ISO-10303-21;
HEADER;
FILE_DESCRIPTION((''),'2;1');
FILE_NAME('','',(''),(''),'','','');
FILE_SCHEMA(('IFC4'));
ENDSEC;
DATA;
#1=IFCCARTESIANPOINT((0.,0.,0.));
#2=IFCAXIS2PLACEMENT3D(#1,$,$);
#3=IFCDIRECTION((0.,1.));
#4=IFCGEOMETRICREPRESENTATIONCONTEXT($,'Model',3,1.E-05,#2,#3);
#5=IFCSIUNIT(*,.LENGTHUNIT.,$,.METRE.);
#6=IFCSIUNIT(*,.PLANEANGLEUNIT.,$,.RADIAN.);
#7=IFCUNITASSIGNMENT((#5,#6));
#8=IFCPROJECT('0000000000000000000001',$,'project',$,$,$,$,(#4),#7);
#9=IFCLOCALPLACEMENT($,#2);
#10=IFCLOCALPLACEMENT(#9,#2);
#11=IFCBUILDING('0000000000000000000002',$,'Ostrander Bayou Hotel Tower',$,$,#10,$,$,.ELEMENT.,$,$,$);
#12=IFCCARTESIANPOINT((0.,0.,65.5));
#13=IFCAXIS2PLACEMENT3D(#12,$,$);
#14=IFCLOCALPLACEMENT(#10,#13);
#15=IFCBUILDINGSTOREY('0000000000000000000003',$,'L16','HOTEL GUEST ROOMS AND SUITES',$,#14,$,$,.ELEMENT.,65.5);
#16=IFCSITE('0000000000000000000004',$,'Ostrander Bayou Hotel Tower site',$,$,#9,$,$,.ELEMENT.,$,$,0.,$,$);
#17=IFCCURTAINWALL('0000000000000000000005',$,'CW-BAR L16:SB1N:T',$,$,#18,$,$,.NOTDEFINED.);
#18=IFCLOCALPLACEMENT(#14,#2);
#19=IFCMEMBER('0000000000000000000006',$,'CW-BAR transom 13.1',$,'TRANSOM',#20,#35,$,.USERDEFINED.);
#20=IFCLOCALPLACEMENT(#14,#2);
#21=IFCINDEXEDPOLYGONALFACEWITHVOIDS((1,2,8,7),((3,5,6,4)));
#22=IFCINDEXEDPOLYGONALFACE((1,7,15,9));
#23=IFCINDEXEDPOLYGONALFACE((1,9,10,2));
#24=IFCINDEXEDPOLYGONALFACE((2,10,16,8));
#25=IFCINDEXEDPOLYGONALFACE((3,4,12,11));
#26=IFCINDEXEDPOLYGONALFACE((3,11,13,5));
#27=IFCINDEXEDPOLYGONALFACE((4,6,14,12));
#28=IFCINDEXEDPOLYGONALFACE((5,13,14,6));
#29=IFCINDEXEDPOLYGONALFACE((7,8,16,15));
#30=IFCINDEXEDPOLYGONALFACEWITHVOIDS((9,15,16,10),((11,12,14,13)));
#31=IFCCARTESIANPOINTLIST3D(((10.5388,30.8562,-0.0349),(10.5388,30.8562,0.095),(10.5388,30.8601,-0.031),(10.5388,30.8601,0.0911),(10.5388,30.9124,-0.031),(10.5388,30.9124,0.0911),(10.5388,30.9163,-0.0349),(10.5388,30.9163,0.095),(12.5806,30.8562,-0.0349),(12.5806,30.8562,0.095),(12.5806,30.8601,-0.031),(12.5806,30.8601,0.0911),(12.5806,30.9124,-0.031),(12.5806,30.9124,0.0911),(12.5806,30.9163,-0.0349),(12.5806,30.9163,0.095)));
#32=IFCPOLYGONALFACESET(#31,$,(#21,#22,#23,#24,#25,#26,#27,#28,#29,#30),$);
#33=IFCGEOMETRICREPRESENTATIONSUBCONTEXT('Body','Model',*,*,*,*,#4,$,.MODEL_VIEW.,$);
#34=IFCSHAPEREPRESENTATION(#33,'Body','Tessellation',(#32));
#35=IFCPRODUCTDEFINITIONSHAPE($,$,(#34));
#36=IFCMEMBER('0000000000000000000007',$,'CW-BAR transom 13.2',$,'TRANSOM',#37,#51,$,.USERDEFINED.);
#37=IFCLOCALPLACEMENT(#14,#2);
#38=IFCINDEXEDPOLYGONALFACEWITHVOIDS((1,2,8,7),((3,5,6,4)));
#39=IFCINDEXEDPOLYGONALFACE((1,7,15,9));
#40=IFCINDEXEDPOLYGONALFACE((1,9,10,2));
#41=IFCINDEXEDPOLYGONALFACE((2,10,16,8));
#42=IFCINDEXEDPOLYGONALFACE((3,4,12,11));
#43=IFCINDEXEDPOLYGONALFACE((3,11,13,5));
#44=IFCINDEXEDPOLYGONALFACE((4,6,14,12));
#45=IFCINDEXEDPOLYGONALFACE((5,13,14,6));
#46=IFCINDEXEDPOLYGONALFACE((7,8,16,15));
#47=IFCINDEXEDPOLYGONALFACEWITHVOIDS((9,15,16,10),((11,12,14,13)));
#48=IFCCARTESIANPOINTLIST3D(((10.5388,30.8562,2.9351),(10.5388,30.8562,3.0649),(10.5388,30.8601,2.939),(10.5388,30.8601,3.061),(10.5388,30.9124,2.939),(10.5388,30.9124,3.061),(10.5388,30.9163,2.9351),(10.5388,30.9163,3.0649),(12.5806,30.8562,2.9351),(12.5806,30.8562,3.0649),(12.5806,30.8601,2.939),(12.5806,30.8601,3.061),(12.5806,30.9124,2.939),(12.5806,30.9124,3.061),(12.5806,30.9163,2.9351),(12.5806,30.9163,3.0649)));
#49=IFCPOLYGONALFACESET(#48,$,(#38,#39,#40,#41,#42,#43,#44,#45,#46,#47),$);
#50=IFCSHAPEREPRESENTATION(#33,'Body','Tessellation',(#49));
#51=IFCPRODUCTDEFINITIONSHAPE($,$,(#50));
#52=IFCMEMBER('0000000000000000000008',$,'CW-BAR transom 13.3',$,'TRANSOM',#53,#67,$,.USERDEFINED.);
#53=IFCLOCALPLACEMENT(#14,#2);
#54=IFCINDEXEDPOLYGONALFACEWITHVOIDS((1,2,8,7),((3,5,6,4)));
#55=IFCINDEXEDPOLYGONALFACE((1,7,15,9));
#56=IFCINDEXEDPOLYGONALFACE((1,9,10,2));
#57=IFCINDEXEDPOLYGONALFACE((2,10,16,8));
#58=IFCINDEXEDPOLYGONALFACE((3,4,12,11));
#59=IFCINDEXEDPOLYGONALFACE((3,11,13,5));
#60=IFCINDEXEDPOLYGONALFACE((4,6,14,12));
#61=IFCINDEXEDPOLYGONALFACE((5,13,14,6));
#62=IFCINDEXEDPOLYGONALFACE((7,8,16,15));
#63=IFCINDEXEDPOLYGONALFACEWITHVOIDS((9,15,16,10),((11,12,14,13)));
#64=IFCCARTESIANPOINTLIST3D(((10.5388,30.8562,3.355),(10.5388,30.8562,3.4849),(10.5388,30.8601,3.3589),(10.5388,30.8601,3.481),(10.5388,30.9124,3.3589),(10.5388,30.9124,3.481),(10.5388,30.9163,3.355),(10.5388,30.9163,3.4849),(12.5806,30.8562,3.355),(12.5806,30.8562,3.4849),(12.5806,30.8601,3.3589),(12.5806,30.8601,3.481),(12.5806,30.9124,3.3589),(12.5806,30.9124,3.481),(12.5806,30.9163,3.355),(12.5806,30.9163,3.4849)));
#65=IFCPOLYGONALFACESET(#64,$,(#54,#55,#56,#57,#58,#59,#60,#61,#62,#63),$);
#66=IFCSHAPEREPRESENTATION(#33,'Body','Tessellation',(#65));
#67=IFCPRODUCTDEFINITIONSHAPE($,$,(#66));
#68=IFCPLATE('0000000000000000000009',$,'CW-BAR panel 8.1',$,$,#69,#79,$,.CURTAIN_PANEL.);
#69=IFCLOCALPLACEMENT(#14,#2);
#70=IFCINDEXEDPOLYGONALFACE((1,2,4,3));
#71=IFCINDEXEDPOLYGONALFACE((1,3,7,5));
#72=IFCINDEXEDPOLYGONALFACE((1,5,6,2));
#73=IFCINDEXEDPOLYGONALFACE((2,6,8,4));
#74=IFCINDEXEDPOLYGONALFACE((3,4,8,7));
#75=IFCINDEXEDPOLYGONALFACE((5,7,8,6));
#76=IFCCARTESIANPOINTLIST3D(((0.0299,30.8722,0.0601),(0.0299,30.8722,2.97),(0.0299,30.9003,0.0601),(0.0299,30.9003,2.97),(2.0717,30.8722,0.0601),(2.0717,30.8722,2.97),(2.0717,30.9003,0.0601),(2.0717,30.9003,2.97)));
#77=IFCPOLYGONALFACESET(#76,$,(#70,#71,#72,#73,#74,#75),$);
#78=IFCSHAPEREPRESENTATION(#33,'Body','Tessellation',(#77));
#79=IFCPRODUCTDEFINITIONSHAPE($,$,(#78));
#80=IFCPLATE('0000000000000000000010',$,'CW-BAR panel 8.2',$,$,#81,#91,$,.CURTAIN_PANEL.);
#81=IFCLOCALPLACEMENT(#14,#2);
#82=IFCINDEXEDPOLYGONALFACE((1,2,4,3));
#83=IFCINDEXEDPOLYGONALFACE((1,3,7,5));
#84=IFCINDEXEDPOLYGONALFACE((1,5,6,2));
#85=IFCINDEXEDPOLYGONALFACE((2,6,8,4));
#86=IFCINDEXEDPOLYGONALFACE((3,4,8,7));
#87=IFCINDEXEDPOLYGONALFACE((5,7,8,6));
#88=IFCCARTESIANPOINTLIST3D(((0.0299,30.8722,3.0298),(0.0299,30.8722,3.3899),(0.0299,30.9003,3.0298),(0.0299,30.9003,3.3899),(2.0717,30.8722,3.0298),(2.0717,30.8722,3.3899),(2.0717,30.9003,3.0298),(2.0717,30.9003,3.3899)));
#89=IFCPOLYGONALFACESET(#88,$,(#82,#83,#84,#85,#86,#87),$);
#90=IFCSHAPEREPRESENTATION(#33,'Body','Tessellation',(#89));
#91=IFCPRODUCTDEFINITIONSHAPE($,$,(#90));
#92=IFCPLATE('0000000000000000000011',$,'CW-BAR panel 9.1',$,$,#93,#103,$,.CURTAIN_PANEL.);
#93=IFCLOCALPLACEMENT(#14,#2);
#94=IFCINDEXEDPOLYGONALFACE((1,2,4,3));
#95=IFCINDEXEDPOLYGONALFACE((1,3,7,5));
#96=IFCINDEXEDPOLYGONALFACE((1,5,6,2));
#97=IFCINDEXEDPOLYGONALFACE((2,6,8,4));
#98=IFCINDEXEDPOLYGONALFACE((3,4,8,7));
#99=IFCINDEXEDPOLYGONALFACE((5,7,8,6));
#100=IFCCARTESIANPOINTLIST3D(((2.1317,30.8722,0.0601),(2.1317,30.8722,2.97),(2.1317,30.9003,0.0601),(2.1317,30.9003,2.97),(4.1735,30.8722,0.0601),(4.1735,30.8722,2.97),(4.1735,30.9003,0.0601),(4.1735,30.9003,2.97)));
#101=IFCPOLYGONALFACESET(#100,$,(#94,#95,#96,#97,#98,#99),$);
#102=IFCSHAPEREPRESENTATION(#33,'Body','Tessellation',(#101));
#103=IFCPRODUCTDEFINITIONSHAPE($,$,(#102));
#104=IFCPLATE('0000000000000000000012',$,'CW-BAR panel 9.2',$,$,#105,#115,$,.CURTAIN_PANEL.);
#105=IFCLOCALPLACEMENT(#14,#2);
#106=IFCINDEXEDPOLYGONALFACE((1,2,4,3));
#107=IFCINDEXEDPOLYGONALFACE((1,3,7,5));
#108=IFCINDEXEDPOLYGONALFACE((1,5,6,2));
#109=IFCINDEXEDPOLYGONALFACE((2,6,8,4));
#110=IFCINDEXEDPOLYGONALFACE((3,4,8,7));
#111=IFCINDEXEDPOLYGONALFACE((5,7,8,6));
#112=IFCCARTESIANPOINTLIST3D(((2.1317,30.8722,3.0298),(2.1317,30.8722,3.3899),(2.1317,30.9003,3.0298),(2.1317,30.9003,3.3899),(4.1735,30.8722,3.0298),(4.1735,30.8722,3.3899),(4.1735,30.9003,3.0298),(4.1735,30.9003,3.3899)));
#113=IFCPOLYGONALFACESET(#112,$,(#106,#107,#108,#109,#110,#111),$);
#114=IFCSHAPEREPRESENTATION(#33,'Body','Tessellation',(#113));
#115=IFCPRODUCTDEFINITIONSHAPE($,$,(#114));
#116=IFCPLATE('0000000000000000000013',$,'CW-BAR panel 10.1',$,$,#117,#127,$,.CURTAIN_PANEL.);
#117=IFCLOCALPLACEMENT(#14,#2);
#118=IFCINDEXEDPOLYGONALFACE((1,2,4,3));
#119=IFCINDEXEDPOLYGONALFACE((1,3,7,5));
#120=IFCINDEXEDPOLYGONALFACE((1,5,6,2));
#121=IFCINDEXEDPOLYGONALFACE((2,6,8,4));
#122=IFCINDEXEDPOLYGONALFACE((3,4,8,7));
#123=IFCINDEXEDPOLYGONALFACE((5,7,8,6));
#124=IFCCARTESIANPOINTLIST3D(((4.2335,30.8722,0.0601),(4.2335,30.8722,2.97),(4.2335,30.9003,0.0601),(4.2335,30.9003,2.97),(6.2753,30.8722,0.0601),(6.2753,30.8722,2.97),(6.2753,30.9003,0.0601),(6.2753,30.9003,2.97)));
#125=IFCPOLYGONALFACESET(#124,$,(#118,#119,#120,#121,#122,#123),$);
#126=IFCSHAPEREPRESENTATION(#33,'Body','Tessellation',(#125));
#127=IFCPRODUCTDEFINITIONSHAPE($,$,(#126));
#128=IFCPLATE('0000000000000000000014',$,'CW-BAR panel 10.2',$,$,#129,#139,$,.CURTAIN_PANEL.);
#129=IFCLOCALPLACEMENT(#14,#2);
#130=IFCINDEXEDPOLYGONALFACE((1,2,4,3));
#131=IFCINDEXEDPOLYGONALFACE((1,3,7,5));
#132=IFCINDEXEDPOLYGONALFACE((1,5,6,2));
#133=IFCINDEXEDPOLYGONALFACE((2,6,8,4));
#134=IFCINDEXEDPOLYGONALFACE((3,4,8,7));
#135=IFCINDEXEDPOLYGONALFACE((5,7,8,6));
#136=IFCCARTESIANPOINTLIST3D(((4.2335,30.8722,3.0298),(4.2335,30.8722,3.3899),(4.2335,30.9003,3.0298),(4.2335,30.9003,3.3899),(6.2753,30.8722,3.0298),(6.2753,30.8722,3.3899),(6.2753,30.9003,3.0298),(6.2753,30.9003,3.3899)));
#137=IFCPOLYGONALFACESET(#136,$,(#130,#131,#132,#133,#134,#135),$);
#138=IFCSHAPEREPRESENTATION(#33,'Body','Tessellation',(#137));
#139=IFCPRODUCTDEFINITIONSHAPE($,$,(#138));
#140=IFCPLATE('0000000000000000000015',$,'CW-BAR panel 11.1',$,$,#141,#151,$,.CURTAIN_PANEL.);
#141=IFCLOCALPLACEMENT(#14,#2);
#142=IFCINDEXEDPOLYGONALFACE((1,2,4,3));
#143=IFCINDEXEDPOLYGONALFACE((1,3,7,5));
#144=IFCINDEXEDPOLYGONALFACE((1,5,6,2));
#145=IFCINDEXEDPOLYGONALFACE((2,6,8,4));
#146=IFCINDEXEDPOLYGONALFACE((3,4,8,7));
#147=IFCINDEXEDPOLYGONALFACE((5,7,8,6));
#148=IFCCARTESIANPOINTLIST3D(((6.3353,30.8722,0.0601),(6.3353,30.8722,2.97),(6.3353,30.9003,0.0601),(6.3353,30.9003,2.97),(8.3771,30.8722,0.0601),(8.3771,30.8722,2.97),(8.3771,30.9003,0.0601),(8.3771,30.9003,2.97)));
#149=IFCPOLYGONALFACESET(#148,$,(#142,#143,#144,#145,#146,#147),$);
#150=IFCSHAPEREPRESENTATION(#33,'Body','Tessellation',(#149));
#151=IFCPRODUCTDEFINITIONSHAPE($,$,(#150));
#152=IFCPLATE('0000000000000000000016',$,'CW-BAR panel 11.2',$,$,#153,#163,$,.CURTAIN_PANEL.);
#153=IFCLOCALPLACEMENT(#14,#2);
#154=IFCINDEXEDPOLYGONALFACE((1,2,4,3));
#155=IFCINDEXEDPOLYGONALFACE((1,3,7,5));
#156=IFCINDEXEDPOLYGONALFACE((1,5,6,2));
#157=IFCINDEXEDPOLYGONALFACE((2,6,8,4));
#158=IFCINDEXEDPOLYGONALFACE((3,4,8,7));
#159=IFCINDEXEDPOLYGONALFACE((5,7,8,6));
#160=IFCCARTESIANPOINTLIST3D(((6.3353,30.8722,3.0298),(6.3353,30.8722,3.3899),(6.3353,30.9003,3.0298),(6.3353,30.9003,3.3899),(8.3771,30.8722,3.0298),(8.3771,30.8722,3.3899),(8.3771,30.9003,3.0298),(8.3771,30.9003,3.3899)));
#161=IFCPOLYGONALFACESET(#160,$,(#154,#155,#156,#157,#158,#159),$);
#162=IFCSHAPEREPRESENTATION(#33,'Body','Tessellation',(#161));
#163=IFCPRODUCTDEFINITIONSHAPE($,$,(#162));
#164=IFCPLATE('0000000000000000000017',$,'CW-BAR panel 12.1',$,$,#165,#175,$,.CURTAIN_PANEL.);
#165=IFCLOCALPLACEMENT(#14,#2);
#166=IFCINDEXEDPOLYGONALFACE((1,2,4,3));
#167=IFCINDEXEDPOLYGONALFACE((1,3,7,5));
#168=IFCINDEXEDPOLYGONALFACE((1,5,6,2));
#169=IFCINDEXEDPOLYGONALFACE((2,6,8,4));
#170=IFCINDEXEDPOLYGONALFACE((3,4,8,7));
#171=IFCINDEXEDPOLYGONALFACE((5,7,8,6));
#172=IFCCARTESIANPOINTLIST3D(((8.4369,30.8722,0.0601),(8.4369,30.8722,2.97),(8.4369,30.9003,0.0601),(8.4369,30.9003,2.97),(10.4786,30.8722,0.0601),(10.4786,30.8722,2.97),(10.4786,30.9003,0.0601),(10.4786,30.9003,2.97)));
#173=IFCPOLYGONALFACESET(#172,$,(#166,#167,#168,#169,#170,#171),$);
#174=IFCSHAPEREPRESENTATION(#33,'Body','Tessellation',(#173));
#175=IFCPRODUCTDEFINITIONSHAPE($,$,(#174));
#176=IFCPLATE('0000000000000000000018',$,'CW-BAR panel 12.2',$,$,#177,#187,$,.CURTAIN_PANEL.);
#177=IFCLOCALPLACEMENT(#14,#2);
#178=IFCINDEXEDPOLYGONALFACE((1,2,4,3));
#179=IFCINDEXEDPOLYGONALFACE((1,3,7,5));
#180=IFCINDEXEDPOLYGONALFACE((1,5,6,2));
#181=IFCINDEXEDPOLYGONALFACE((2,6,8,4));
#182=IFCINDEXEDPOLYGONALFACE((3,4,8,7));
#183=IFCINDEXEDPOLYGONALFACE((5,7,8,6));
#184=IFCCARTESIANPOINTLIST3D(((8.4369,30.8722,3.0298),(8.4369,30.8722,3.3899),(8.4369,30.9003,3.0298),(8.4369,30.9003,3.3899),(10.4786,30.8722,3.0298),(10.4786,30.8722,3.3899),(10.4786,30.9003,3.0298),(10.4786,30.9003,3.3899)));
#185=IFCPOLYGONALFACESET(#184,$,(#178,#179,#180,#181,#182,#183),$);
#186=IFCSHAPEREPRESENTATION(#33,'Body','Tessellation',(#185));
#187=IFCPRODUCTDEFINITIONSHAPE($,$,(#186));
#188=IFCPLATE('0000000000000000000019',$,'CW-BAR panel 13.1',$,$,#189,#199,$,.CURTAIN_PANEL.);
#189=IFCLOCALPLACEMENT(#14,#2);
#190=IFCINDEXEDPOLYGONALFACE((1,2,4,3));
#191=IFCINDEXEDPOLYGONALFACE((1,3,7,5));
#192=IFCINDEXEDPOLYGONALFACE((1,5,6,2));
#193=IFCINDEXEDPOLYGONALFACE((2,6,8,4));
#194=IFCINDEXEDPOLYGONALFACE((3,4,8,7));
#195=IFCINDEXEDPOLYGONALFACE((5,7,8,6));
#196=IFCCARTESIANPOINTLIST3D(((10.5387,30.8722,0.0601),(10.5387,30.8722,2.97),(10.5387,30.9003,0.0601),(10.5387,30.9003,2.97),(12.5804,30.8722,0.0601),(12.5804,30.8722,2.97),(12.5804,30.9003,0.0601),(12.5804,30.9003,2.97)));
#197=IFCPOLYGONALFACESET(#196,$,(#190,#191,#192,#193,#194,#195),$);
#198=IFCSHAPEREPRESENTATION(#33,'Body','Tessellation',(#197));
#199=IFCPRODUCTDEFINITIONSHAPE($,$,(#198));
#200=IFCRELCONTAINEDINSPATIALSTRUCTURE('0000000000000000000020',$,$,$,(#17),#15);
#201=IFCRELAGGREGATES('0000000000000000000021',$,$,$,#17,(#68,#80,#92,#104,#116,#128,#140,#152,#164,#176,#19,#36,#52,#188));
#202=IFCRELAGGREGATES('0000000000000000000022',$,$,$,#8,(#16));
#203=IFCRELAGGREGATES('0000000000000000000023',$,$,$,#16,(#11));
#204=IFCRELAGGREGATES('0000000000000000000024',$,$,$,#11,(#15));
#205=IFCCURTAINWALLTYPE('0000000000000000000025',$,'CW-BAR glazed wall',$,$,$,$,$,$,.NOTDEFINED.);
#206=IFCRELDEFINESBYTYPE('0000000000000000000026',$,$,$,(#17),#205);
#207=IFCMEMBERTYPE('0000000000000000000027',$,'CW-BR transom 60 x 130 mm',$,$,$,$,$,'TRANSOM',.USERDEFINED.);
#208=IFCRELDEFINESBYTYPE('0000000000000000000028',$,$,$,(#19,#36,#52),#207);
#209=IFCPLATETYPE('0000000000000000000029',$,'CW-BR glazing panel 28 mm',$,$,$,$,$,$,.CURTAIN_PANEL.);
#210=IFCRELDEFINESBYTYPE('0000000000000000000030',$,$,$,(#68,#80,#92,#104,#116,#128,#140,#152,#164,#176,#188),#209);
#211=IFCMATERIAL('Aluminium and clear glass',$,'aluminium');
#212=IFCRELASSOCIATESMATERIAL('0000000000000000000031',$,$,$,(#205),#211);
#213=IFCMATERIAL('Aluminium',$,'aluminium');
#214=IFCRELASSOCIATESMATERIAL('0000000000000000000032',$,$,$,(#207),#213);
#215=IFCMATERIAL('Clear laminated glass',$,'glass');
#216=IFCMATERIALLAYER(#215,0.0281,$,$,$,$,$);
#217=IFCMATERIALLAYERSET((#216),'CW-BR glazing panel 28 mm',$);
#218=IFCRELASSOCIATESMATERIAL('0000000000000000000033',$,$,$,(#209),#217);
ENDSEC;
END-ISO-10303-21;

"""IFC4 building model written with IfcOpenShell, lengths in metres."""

from ifc_helpers import new_model, si_unit, direction, frame, origin, origin_2d, place, context, subcontext, project, spatial, rectangle, hollow_rectangle, extrude, material, layer, layer_set, material_profile, profile_set, type_object, element, aggregate, save


model = new_model("IFC4")

# Units and contexts
model_context = context("Model", 3, precision=1e-05, world=origin(), true_north=direction((0.0, 1.0)))
body_context = subcontext(model_context, "Body", "Model", "MODEL_VIEW")
ifc_project = project(units=[si_unit("LENGTHUNIT", "METRE"), si_unit("PLANEANGLEUNIT", "RADIAN")], contexts=[model_context])

# Site, building, storey
site_placement = place(None, origin())
site = spatial("IfcSite", under=ifc_project, at=site_placement, Name="Ostrander Bayou Hotel Tower site", CompositionType="ELEMENT", RefElevation=0.0)
building_placement = place(site_placement, origin())
building = spatial("IfcBuilding", under=site, at=building_placement, Name="Ostrander Bayou Hotel Tower", CompositionType="ELEMENT")
storey_placement = place(building_placement, frame((0.0, 0.0, 65.5)))
storey = spatial("IfcBuildingStorey", under=building, at=storey_placement, Name="L16", Description="HOTEL GUEST ROOMS AND SUITES", CompositionType="ELEMENT", Elevation=65.5)

# Curtain wall, members, plates
ifc_material_1 = material(Name="Aluminium and clear glass", Category="aluminium")
curtain_wall_type = type_object("IfcCurtainWallType", Name="CW-BAR glazed wall", PredefinedType="NOTDEFINED", material=ifc_material_1)
curtain_wall_placement = place(storey_placement, origin())
curtain_wall = element("IfcCurtainWall", 1, at=curtain_wall_placement, inside=storey, type_object=curtain_wall_type, Name="CW-BAR L16:SB1N:T", PredefinedType="NOTDEFINED")
ifc_material_2 = material(Name="Aluminium", Category="aluminium")
ifc_material_profile_1 = material_profile(ifc_material_2, hollow_rectangle(XDim=0.0601, YDim=0.1299, WallThickness=0.0039, at=origin_2d()))
ifc_profile_set_1 = profile_set([ifc_material_profile_1], Name="Aluminium")
member_type_1 = type_object("IfcMemberType", Name="CW-BR transom 60 x 130 mm", ElementType="TRANSOM", PredefinedType="USERDEFINED", material=ifc_profile_set_1)
member_1_placement = place(storey_placement, frame((10.5388, 30.8862, 0.03), z_axis=(1.0, 0.0, 0.0), x_axis=(0.0, 1.0, 0.0)))
member_1 = element("IfcMember", 2, at=member_1_placement, type_object=member_type_1, Name="CW-BAR transom 13.1", ObjectType="TRANSOM", PredefinedType="USERDEFINED", context=body_context, shape_type="SweptSolid", body=[
    extrude(hollow_rectangle(XDim=0.0601, YDim=0.1299, WallThickness=0.0039, at=origin_2d()), origin(), (0.0, 0.0, 1.0), 2.0417),
])
member_2_placement = place(storey_placement, frame((10.5388, 30.8862, 3.0), z_axis=(1.0, 0.0, 0.0), x_axis=(0.0, 1.0, 0.0)))
member_2 = element("IfcMember", 3, at=member_2_placement, type_object=member_type_1, Name="CW-BAR transom 13.2", ObjectType="TRANSOM", PredefinedType="USERDEFINED", context=body_context, shape_type="SweptSolid", body=[
    extrude(hollow_rectangle(XDim=0.0601, YDim=0.1299, WallThickness=0.0039, at=origin_2d()), origin(), (0.0, 0.0, 1.0), 2.0417),
])
member_3_placement = place(storey_placement, frame((10.5388, 30.8862, 3.4199), z_axis=(1.0, 0.0, 0.0), x_axis=(0.0, 1.0, 0.0)))
member_3 = element("IfcMember", 4, at=member_3_placement, type_object=member_type_1, Name="CW-BAR transom 13.3", ObjectType="TRANSOM", PredefinedType="USERDEFINED", context=body_context, shape_type="SweptSolid", body=[
    extrude(hollow_rectangle(XDim=0.0601, YDim=0.1299, WallThickness=0.0039, at=origin_2d()), origin(), (0.0, 0.0, 1.0), 2.0417),
])
ifc_material_3 = material(Name="Clear laminated glass", Category="glass")
ifc_layer_1 = layer(ifc_material_3, 0.0281)
ifc_layer_set_1 = layer_set([ifc_layer_1], Name="CW-BR glazing panel 28 mm")
plate_type = type_object("IfcPlateType", Name="CW-BR glazing panel 28 mm", PredefinedType="CURTAIN_PANEL", material=ifc_layer_set_1)
plate_1_placement = place(storey_placement, frame((1.0508, 30.8862, 0.0601), z_axis=(0.0, 0.0, 1.0), x_axis=(1.0, 0.0, 0.0)))
plate_1 = element("IfcPlate", 5, at=plate_1_placement, type_object=plate_type, Name="CW-BAR panel 8.1", PredefinedType="CURTAIN_PANEL", context=body_context, shape_type="SweptSolid", body=[
    extrude(rectangle(XDim=2.0417, YDim=0.0281, at=origin_2d()), origin(), (0.0, 0.0, 1.0), 2.9099),
])
plate_2_placement = place(storey_placement, frame((1.0508, 30.8862, 3.0298), z_axis=(0.0, 0.0, 1.0), x_axis=(1.0, 0.0, 0.0)))
plate_2 = element("IfcPlate", 6, at=plate_2_placement, type_object=plate_type, Name="CW-BAR panel 8.2", PredefinedType="CURTAIN_PANEL", context=body_context, shape_type="SweptSolid", body=[
    extrude(rectangle(XDim=2.0417, YDim=0.0281, at=origin_2d()), origin(), (0.0, 0.0, 1.0), 0.3601),
])
plate_3_placement = place(storey_placement, frame((3.1526, 30.8862, 0.0601), z_axis=(0.0, 0.0, 1.0), x_axis=(1.0, 0.0, 0.0)))
plate_3 = element("IfcPlate", 7, at=plate_3_placement, type_object=plate_type, Name="CW-BAR panel 9.1", PredefinedType="CURTAIN_PANEL", context=body_context, shape_type="SweptSolid", body=[
    extrude(rectangle(XDim=2.0417, YDim=0.0281, at=origin_2d()), origin(), (0.0, 0.0, 1.0), 2.9099),
])
plate_4_placement = place(storey_placement, frame((3.1526, 30.8862, 3.0298), z_axis=(0.0, 0.0, 1.0), x_axis=(1.0, 0.0, 0.0)))
plate_4 = element("IfcPlate", 8, at=plate_4_placement, type_object=plate_type, Name="CW-BAR panel 9.2", PredefinedType="CURTAIN_PANEL", context=body_context, shape_type="SweptSolid", body=[
    extrude(rectangle(XDim=2.0417, YDim=0.0281, at=origin_2d()), origin(), (0.0, 0.0, 1.0), 0.3601),
])
plate_5_placement = place(storey_placement, frame((5.2544, 30.8862, 0.0601), z_axis=(0.0, 0.0, 1.0), x_axis=(1.0, 0.0, 0.0)))
plate_5 = element("IfcPlate", 9, at=plate_5_placement, type_object=plate_type, Name="CW-BAR panel 10.1", PredefinedType="CURTAIN_PANEL", context=body_context, shape_type="SweptSolid", body=[
    extrude(rectangle(XDim=2.0417, YDim=0.0281, at=origin_2d()), origin(), (0.0, 0.0, 1.0), 2.9099),
])
plate_6_placement = place(storey_placement, frame((5.2544, 30.8862, 3.0298), z_axis=(0.0, 0.0, 1.0), x_axis=(1.0, 0.0, 0.0)))
plate_6 = element("IfcPlate", 10, at=plate_6_placement, type_object=plate_type, Name="CW-BAR panel 10.2", PredefinedType="CURTAIN_PANEL", context=body_context, shape_type="SweptSolid", body=[
    extrude(rectangle(XDim=2.0417, YDim=0.0281, at=origin_2d()), origin(), (0.0, 0.0, 1.0), 0.3601),
])
plate_7_placement = place(storey_placement, frame((7.3562, 30.8862, 0.0601), z_axis=(0.0, 0.0, 1.0), x_axis=(1.0, 0.0, 0.0)))
plate_7 = element("IfcPlate", 11, at=plate_7_placement, type_object=plate_type, Name="CW-BAR panel 11.1", PredefinedType="CURTAIN_PANEL", context=body_context, shape_type="SweptSolid", body=[
    extrude(rectangle(XDim=2.0417, YDim=0.0281, at=origin_2d()), origin(), (0.0, 0.0, 1.0), 2.9099),
])
plate_8_placement = place(storey_placement, frame((7.3562, 30.8862, 3.0298), z_axis=(0.0, 0.0, 1.0), x_axis=(1.0, 0.0, 0.0)))
plate_8 = element("IfcPlate", 12, at=plate_8_placement, type_object=plate_type, Name="CW-BAR panel 11.2", PredefinedType="CURTAIN_PANEL", context=body_context, shape_type="SweptSolid", body=[
    extrude(rectangle(XDim=2.0417, YDim=0.0281, at=origin_2d()), origin(), (0.0, 0.0, 1.0), 0.3601),
])
plate_9_placement = place(storey_placement, frame((9.4578, 30.8862, 0.0601), z_axis=(0.0, 0.0, 1.0), x_axis=(1.0, 0.0, 0.0)))
plate_9 = element("IfcPlate", 13, at=plate_9_placement, type_object=plate_type, Name="CW-BAR panel 12.1", PredefinedType="CURTAIN_PANEL", context=body_context, shape_type="SweptSolid", body=[
    extrude(rectangle(XDim=2.0417, YDim=0.0281, at=origin_2d()), origin(), (0.0, 0.0, 1.0), 2.9099),
])
plate_10_placement = place(storey_placement, frame((9.4578, 30.8862, 3.0298), z_axis=(0.0, 0.0, 1.0), x_axis=(1.0, 0.0, 0.0)))
plate_10 = element("IfcPlate", 14, at=plate_10_placement, type_object=plate_type, Name="CW-BAR panel 12.2", PredefinedType="CURTAIN_PANEL", context=body_context, shape_type="SweptSolid", body=[
    extrude(rectangle(XDim=2.0417, YDim=0.0281, at=origin_2d()), origin(), (0.0, 0.0, 1.0), 0.3601),
])
plate_11_placement = place(storey_placement, frame((11.5596, 30.8862, 0.0601), z_axis=(0.0, 0.0, 1.0), x_axis=(1.0, 0.0, 0.0)))
plate_11 = element("IfcPlate", 15, at=plate_11_placement, type_object=plate_type, Name="CW-BAR panel 13.1", PredefinedType="CURTAIN_PANEL", context=body_context, shape_type="SweptSolid", body=[
    extrude(rectangle(XDim=2.0417, YDim=0.0281, at=origin_2d()), origin(), (0.0, 0.0, 1.0), 2.9099),
])
aggregate(curtain_wall, [plate_1, plate_2, plate_3, plate_4, plate_5, plate_6, plate_7, plate_8, plate_9, plate_10, member_1, member_2, member_3, plate_11])

save(model, "model.ifc")
